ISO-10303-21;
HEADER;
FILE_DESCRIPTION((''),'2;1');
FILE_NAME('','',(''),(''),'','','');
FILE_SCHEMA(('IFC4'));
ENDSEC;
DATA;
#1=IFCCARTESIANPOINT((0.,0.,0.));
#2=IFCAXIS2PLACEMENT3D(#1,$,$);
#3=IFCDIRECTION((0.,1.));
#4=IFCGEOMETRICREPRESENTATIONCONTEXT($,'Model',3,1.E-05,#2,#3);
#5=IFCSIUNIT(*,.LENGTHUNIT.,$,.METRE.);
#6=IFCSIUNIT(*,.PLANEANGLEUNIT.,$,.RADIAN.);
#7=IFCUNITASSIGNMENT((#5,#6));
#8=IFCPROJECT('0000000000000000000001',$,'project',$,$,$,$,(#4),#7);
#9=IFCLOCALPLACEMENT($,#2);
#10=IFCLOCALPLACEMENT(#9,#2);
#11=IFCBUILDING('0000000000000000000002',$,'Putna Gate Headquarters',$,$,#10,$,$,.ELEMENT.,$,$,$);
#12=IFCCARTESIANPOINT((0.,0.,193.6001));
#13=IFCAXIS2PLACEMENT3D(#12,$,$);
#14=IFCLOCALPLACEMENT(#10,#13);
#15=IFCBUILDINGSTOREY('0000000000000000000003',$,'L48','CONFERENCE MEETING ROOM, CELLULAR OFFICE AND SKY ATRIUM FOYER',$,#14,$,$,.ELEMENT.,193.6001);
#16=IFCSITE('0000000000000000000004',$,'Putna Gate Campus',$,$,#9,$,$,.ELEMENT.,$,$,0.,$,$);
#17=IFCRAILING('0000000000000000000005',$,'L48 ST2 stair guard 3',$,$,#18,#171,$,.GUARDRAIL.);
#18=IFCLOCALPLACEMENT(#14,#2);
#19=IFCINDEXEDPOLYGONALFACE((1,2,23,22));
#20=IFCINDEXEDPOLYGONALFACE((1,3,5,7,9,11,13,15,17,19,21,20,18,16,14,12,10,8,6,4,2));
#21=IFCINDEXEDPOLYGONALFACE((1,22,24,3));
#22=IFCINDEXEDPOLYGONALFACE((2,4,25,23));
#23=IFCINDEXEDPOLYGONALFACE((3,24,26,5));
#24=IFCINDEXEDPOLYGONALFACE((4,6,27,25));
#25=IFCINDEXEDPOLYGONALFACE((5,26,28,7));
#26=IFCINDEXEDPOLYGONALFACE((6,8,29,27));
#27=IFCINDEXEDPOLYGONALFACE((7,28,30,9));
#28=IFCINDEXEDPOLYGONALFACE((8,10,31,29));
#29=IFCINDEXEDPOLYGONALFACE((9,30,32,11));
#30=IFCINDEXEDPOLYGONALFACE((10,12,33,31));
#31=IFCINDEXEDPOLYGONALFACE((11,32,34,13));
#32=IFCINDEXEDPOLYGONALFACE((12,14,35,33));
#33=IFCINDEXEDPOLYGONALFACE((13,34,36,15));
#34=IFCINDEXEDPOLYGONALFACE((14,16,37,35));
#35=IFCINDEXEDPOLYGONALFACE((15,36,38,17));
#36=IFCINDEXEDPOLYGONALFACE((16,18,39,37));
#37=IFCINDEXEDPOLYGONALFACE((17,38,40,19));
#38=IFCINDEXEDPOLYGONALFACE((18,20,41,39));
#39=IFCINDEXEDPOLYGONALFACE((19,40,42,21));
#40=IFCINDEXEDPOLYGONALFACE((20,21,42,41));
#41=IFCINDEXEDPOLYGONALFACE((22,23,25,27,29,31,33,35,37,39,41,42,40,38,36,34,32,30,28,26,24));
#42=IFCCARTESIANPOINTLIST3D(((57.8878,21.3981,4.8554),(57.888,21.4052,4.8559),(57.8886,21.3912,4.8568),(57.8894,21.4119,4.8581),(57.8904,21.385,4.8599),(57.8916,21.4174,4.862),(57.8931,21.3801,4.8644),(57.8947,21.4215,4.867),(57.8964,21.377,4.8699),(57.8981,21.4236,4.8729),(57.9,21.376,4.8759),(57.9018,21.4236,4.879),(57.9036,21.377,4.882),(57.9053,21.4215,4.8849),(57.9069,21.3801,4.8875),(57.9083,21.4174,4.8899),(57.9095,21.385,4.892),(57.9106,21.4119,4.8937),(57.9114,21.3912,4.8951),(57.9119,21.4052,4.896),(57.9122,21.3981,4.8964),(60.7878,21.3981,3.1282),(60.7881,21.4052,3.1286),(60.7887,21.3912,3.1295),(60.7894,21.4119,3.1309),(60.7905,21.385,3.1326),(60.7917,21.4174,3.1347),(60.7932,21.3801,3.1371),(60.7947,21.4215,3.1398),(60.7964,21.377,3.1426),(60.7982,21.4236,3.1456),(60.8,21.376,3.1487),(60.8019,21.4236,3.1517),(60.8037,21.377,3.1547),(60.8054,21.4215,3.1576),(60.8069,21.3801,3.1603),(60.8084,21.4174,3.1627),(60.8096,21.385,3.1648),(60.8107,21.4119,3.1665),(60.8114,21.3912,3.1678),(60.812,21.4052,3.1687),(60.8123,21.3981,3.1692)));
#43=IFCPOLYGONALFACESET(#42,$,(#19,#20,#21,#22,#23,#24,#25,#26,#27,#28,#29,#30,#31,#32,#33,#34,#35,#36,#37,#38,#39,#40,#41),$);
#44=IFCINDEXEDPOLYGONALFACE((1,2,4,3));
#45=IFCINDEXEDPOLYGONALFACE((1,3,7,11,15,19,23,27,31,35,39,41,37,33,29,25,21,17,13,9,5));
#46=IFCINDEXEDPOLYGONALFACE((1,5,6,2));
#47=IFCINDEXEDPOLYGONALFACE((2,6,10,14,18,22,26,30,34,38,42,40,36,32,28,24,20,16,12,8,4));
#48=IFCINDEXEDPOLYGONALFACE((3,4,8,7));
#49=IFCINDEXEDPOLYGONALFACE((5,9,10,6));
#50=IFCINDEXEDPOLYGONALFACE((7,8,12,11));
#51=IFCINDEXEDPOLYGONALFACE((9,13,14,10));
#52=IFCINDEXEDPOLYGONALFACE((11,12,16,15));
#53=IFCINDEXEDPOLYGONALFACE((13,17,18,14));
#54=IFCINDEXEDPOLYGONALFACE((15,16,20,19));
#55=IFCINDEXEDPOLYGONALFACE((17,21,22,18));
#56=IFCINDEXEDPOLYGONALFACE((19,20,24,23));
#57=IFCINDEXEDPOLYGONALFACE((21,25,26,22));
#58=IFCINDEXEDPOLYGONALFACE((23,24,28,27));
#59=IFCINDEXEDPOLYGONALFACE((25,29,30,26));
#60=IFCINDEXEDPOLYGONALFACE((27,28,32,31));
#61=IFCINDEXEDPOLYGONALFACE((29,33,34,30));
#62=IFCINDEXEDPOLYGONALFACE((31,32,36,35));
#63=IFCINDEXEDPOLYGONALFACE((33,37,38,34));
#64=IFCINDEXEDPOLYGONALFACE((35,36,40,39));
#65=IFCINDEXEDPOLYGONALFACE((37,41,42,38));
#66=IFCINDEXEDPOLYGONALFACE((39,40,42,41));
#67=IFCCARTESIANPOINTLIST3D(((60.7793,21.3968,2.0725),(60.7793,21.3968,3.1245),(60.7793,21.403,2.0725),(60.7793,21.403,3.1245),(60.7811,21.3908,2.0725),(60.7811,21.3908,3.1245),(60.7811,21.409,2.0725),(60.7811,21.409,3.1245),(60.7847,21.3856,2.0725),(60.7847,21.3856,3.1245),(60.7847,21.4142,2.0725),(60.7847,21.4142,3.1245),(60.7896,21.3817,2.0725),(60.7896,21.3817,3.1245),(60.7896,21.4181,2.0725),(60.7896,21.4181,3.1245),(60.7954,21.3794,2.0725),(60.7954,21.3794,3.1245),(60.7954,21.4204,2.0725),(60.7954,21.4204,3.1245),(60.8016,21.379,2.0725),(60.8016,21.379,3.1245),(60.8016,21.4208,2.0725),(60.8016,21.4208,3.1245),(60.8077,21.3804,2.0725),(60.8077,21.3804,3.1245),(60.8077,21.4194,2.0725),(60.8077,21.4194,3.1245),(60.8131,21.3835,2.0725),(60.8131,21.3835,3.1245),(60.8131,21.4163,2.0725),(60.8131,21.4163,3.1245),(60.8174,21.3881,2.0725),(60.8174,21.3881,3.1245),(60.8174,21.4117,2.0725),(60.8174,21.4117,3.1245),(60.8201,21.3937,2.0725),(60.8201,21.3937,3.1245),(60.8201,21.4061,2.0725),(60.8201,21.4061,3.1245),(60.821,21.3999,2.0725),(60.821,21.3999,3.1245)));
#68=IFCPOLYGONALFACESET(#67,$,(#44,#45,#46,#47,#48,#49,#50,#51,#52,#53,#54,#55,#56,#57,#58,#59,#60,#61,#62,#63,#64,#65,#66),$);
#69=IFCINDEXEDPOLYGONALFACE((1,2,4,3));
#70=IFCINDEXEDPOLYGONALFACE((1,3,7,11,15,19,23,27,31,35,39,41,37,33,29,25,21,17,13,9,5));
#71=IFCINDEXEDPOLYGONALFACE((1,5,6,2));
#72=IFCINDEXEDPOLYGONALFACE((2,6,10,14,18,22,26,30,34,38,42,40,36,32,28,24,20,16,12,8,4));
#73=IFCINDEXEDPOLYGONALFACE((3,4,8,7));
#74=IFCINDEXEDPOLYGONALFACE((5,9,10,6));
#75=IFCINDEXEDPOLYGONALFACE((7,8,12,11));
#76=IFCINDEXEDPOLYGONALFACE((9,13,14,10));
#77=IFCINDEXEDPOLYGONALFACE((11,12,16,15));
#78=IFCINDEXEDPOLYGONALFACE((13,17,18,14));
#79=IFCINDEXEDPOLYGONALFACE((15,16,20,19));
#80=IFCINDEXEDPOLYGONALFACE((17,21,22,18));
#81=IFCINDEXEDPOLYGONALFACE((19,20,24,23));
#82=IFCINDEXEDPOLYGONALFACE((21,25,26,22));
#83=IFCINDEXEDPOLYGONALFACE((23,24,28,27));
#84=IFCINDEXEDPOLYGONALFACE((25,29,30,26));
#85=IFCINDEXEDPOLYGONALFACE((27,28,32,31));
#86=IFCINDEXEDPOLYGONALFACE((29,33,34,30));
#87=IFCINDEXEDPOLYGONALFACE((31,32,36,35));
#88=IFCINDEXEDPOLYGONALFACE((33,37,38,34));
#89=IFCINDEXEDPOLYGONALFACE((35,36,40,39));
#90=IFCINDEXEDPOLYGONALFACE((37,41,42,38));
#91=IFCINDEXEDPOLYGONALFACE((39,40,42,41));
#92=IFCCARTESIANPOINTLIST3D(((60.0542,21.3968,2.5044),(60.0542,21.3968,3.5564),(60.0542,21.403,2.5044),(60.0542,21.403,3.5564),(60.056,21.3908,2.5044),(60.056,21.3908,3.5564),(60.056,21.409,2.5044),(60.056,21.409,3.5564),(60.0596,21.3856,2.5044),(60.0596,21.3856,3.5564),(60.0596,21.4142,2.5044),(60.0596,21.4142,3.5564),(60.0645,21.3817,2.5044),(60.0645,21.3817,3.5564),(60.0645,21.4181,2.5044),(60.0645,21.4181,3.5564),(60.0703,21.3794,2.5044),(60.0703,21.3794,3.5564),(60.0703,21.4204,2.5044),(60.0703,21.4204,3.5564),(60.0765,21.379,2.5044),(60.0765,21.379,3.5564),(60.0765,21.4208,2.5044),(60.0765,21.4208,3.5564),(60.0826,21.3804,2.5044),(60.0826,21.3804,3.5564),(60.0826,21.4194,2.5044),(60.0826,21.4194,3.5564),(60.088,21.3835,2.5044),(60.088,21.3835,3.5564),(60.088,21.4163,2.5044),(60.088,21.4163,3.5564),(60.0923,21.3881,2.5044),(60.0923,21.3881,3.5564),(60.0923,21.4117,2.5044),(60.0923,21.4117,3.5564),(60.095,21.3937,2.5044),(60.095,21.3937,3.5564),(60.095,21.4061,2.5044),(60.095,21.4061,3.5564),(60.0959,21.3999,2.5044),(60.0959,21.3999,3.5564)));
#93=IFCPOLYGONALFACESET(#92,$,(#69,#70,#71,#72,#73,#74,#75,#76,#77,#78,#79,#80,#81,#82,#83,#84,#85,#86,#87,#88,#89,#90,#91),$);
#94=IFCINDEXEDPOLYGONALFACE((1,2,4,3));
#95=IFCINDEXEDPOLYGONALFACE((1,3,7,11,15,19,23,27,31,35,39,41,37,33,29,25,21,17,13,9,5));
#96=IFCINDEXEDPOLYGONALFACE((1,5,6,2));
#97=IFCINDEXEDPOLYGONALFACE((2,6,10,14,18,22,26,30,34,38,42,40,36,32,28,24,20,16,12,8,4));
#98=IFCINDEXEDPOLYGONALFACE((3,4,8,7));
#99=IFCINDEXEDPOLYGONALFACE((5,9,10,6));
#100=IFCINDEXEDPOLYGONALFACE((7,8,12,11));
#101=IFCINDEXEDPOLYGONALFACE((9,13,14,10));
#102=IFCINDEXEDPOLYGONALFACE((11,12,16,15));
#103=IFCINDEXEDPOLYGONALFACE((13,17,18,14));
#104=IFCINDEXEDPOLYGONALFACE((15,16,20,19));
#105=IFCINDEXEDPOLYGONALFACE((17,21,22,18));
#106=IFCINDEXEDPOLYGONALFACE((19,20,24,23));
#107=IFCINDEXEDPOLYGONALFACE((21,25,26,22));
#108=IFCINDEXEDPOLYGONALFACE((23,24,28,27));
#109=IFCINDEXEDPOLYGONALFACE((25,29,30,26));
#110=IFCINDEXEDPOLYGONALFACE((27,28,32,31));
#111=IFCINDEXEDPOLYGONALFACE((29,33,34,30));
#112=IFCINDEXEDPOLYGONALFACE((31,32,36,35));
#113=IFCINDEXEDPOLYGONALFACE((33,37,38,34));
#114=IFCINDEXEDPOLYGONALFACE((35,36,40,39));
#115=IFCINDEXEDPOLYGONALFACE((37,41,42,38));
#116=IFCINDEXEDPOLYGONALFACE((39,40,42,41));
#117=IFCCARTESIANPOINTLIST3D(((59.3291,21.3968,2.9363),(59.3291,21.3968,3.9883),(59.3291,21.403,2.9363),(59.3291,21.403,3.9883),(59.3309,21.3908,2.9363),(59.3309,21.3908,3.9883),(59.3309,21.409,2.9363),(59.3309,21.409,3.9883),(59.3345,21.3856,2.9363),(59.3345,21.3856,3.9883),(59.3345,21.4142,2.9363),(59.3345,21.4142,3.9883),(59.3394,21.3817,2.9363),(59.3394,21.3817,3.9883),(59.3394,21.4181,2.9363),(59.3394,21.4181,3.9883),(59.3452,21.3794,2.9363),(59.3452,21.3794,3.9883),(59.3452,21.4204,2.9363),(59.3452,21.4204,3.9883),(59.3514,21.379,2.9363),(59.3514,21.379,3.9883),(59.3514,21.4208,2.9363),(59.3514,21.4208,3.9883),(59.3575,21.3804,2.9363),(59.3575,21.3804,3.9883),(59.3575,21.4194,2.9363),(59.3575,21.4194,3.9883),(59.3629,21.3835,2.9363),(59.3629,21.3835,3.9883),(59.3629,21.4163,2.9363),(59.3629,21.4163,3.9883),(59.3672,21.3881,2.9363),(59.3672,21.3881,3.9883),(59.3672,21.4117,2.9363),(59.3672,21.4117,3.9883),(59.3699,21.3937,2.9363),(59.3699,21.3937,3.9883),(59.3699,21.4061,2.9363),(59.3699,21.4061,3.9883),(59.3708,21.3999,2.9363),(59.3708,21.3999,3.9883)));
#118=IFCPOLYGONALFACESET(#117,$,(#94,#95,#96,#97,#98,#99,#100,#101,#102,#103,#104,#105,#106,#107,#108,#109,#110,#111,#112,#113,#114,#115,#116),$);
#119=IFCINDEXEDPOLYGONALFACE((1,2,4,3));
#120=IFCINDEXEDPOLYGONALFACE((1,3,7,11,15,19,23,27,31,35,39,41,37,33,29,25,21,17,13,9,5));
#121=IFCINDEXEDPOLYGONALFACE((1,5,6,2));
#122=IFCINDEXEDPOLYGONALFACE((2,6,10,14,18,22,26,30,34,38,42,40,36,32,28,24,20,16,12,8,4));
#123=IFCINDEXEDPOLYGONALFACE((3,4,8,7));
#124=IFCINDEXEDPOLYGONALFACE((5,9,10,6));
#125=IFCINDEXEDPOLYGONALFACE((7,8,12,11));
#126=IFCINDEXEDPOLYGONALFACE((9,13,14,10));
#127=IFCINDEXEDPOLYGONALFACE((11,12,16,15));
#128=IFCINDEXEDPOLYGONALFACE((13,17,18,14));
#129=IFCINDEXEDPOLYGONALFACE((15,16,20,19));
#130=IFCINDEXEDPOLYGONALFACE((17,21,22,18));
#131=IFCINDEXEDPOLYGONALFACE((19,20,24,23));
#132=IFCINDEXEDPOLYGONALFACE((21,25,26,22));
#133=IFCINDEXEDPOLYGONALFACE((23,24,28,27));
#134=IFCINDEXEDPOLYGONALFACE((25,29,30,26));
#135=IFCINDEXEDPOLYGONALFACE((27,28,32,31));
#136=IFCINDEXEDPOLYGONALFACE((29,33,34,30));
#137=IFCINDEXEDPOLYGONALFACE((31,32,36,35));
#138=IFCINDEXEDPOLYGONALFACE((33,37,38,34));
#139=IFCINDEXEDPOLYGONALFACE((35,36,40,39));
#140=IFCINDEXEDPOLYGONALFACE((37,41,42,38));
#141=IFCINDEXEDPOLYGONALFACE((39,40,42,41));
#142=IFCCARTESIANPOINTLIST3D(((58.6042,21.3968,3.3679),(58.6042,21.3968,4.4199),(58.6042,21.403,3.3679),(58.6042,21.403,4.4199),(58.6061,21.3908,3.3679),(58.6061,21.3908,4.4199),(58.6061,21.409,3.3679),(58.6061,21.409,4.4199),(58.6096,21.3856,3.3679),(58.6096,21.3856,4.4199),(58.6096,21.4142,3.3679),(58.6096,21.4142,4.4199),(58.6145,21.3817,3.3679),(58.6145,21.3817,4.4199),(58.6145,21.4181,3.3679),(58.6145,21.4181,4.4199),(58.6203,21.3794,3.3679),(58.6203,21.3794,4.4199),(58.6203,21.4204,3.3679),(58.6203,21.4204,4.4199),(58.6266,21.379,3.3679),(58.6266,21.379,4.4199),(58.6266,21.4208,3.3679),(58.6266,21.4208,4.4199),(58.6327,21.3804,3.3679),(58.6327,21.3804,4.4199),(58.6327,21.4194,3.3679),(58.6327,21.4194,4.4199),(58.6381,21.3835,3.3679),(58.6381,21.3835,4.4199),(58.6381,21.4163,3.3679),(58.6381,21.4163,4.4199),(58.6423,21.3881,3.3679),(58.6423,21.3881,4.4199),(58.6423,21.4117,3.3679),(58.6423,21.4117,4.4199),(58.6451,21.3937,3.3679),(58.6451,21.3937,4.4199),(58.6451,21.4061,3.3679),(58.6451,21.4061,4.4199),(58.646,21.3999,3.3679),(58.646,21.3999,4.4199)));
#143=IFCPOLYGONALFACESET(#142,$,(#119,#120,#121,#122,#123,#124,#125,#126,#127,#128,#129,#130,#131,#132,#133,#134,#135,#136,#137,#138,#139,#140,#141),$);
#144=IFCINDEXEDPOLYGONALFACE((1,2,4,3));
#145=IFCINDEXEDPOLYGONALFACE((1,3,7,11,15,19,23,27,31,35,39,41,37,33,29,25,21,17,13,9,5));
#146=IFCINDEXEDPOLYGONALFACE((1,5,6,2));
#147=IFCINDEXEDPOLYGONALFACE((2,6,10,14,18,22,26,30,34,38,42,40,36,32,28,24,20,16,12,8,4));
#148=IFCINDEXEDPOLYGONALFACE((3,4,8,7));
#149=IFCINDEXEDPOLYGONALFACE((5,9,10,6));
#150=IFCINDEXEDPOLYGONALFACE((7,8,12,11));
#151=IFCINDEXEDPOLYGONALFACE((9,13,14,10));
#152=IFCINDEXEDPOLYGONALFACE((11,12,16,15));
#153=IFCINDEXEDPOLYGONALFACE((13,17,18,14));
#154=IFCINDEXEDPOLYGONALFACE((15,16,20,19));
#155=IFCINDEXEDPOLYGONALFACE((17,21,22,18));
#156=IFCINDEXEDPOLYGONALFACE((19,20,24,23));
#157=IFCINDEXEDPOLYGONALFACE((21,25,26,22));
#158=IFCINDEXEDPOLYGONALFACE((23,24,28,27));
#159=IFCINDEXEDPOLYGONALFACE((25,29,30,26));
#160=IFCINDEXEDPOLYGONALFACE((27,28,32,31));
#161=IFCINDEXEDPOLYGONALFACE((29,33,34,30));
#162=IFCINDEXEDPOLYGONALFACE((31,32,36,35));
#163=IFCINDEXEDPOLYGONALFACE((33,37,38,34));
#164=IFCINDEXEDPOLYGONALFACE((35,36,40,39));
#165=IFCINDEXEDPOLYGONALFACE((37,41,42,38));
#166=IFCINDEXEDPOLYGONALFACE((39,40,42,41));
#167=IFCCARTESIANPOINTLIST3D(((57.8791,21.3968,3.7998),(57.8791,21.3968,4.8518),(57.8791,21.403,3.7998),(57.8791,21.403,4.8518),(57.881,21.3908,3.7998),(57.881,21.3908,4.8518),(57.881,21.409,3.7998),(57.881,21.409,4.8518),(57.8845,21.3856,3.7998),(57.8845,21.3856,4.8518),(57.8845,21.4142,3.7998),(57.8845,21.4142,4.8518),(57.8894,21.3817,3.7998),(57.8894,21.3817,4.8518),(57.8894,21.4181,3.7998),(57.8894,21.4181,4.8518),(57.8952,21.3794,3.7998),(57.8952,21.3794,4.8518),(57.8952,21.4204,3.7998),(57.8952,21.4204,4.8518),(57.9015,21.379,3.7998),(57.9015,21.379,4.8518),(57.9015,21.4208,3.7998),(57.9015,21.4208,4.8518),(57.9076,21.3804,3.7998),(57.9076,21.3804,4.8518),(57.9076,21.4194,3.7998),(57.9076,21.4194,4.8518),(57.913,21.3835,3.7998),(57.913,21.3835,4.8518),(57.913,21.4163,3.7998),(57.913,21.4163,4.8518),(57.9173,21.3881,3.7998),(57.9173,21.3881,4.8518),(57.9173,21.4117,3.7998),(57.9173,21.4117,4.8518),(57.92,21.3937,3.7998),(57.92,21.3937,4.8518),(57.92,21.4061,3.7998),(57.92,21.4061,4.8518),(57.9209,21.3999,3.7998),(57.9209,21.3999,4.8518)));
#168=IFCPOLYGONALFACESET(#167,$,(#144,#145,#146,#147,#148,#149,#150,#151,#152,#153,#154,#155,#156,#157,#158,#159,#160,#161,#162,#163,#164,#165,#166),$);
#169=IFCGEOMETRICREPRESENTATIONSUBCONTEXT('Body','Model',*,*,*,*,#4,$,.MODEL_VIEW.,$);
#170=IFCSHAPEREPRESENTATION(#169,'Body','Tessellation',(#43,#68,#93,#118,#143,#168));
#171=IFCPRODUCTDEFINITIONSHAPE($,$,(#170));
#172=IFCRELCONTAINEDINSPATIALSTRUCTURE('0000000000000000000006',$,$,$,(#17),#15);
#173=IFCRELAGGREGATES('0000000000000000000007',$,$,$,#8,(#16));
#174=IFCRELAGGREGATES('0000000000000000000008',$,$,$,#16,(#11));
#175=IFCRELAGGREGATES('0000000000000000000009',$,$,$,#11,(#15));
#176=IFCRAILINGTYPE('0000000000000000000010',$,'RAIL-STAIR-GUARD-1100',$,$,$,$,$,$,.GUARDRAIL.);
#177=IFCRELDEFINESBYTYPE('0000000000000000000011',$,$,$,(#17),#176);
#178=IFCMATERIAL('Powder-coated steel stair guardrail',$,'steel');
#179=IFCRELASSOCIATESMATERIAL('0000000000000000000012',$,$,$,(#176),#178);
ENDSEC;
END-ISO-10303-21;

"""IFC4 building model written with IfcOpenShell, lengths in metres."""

from ifc_helpers import new_model, si_unit, direction, frame, origin, origin_2d, place, context, subcontext, project, spatial, circle, extrude, material, type_object, element, save


model = new_model("IFC4")

# Units and contexts
model_context = context("Model", 3, precision=1e-05, world=origin(), true_north=direction((0.0, 1.0)))
body_context = subcontext(model_context, "Body", "Model", "MODEL_VIEW")
ifc_project = project(units=[si_unit("LENGTHUNIT", "METRE"), si_unit("PLANEANGLEUNIT", "RADIAN")], contexts=[model_context])

# Site, building, storey
site_placement = place(None, origin())
site = spatial("IfcSite", under=ifc_project, at=site_placement, Name="Putna Gate Campus", CompositionType="ELEMENT", RefElevation=0.0)
building_placement = place(site_placement, origin())
building = spatial("IfcBuilding", under=site, at=building_placement, Name="Putna Gate Headquarters", CompositionType="ELEMENT")
storey_placement = place(building_placement, frame((0.0, 0.0, 193.6001)))
storey = spatial("IfcBuildingStorey", under=building, at=storey_placement, Name="L48", Description="CONFERENCE MEETING ROOM, CELLULAR OFFICE AND SKY ATRIUM FOYER", CompositionType="ELEMENT", Elevation=193.6001)

# Railing
ifc_material_1 = material(Name="Powder-coated steel stair guardrail", Category="steel")
railing_type_1 = type_object("IfcRailingType", Name="RAIL-STAIR-GUARD-1100", PredefinedType="GUARDRAIL", material=ifc_material_1)
railing_1_placement = place(storey_placement, frame((60.8, 21.3999, 2.0725)))
element("IfcRailing", 1, at=railing_1_placement, inside=storey, type_object=railing_type_1, Name="L48 ST2 stair guard 3", PredefinedType="GUARDRAIL", context=body_context, shape_type="SweptSolid", body=[
    extrude(circle(Radius=0.0239, at=origin_2d()), frame((0.0, 0.0, 1.0762), z_axis=(-0.85916, 0.0, 0.511706), x_axis=(0.0, -1.0, 0.0)), (0.0, 0.0, 1.0), 3.3755),
    extrude(circle(Radius=0.021, at=origin_2d()), origin(), (0.0, 0.0, 1.0), 1.052),
    extrude(circle(Radius=0.021, at=origin_2d()), frame((-0.7251, 0.0, 0.4319)), (0.0, 0.0, 1.0), 1.052),
    extrude(circle(Radius=0.021, at=origin_2d()), frame((-1.4502, 0.0, 0.8638)), (0.0, 0.0, 1.0), 1.052),
    extrude(circle(Radius=0.021, at=origin_2d()), frame((-2.175, 0.0, 1.2954)), (0.0, 0.0, 1.0), 1.052),
    extrude(circle(Radius=0.021, at=origin_2d()), frame((-2.9001, 0.0, 1.7273)), (0.0, 0.0, 1.0), 1.052),
])

save(model, "model.ifc")
